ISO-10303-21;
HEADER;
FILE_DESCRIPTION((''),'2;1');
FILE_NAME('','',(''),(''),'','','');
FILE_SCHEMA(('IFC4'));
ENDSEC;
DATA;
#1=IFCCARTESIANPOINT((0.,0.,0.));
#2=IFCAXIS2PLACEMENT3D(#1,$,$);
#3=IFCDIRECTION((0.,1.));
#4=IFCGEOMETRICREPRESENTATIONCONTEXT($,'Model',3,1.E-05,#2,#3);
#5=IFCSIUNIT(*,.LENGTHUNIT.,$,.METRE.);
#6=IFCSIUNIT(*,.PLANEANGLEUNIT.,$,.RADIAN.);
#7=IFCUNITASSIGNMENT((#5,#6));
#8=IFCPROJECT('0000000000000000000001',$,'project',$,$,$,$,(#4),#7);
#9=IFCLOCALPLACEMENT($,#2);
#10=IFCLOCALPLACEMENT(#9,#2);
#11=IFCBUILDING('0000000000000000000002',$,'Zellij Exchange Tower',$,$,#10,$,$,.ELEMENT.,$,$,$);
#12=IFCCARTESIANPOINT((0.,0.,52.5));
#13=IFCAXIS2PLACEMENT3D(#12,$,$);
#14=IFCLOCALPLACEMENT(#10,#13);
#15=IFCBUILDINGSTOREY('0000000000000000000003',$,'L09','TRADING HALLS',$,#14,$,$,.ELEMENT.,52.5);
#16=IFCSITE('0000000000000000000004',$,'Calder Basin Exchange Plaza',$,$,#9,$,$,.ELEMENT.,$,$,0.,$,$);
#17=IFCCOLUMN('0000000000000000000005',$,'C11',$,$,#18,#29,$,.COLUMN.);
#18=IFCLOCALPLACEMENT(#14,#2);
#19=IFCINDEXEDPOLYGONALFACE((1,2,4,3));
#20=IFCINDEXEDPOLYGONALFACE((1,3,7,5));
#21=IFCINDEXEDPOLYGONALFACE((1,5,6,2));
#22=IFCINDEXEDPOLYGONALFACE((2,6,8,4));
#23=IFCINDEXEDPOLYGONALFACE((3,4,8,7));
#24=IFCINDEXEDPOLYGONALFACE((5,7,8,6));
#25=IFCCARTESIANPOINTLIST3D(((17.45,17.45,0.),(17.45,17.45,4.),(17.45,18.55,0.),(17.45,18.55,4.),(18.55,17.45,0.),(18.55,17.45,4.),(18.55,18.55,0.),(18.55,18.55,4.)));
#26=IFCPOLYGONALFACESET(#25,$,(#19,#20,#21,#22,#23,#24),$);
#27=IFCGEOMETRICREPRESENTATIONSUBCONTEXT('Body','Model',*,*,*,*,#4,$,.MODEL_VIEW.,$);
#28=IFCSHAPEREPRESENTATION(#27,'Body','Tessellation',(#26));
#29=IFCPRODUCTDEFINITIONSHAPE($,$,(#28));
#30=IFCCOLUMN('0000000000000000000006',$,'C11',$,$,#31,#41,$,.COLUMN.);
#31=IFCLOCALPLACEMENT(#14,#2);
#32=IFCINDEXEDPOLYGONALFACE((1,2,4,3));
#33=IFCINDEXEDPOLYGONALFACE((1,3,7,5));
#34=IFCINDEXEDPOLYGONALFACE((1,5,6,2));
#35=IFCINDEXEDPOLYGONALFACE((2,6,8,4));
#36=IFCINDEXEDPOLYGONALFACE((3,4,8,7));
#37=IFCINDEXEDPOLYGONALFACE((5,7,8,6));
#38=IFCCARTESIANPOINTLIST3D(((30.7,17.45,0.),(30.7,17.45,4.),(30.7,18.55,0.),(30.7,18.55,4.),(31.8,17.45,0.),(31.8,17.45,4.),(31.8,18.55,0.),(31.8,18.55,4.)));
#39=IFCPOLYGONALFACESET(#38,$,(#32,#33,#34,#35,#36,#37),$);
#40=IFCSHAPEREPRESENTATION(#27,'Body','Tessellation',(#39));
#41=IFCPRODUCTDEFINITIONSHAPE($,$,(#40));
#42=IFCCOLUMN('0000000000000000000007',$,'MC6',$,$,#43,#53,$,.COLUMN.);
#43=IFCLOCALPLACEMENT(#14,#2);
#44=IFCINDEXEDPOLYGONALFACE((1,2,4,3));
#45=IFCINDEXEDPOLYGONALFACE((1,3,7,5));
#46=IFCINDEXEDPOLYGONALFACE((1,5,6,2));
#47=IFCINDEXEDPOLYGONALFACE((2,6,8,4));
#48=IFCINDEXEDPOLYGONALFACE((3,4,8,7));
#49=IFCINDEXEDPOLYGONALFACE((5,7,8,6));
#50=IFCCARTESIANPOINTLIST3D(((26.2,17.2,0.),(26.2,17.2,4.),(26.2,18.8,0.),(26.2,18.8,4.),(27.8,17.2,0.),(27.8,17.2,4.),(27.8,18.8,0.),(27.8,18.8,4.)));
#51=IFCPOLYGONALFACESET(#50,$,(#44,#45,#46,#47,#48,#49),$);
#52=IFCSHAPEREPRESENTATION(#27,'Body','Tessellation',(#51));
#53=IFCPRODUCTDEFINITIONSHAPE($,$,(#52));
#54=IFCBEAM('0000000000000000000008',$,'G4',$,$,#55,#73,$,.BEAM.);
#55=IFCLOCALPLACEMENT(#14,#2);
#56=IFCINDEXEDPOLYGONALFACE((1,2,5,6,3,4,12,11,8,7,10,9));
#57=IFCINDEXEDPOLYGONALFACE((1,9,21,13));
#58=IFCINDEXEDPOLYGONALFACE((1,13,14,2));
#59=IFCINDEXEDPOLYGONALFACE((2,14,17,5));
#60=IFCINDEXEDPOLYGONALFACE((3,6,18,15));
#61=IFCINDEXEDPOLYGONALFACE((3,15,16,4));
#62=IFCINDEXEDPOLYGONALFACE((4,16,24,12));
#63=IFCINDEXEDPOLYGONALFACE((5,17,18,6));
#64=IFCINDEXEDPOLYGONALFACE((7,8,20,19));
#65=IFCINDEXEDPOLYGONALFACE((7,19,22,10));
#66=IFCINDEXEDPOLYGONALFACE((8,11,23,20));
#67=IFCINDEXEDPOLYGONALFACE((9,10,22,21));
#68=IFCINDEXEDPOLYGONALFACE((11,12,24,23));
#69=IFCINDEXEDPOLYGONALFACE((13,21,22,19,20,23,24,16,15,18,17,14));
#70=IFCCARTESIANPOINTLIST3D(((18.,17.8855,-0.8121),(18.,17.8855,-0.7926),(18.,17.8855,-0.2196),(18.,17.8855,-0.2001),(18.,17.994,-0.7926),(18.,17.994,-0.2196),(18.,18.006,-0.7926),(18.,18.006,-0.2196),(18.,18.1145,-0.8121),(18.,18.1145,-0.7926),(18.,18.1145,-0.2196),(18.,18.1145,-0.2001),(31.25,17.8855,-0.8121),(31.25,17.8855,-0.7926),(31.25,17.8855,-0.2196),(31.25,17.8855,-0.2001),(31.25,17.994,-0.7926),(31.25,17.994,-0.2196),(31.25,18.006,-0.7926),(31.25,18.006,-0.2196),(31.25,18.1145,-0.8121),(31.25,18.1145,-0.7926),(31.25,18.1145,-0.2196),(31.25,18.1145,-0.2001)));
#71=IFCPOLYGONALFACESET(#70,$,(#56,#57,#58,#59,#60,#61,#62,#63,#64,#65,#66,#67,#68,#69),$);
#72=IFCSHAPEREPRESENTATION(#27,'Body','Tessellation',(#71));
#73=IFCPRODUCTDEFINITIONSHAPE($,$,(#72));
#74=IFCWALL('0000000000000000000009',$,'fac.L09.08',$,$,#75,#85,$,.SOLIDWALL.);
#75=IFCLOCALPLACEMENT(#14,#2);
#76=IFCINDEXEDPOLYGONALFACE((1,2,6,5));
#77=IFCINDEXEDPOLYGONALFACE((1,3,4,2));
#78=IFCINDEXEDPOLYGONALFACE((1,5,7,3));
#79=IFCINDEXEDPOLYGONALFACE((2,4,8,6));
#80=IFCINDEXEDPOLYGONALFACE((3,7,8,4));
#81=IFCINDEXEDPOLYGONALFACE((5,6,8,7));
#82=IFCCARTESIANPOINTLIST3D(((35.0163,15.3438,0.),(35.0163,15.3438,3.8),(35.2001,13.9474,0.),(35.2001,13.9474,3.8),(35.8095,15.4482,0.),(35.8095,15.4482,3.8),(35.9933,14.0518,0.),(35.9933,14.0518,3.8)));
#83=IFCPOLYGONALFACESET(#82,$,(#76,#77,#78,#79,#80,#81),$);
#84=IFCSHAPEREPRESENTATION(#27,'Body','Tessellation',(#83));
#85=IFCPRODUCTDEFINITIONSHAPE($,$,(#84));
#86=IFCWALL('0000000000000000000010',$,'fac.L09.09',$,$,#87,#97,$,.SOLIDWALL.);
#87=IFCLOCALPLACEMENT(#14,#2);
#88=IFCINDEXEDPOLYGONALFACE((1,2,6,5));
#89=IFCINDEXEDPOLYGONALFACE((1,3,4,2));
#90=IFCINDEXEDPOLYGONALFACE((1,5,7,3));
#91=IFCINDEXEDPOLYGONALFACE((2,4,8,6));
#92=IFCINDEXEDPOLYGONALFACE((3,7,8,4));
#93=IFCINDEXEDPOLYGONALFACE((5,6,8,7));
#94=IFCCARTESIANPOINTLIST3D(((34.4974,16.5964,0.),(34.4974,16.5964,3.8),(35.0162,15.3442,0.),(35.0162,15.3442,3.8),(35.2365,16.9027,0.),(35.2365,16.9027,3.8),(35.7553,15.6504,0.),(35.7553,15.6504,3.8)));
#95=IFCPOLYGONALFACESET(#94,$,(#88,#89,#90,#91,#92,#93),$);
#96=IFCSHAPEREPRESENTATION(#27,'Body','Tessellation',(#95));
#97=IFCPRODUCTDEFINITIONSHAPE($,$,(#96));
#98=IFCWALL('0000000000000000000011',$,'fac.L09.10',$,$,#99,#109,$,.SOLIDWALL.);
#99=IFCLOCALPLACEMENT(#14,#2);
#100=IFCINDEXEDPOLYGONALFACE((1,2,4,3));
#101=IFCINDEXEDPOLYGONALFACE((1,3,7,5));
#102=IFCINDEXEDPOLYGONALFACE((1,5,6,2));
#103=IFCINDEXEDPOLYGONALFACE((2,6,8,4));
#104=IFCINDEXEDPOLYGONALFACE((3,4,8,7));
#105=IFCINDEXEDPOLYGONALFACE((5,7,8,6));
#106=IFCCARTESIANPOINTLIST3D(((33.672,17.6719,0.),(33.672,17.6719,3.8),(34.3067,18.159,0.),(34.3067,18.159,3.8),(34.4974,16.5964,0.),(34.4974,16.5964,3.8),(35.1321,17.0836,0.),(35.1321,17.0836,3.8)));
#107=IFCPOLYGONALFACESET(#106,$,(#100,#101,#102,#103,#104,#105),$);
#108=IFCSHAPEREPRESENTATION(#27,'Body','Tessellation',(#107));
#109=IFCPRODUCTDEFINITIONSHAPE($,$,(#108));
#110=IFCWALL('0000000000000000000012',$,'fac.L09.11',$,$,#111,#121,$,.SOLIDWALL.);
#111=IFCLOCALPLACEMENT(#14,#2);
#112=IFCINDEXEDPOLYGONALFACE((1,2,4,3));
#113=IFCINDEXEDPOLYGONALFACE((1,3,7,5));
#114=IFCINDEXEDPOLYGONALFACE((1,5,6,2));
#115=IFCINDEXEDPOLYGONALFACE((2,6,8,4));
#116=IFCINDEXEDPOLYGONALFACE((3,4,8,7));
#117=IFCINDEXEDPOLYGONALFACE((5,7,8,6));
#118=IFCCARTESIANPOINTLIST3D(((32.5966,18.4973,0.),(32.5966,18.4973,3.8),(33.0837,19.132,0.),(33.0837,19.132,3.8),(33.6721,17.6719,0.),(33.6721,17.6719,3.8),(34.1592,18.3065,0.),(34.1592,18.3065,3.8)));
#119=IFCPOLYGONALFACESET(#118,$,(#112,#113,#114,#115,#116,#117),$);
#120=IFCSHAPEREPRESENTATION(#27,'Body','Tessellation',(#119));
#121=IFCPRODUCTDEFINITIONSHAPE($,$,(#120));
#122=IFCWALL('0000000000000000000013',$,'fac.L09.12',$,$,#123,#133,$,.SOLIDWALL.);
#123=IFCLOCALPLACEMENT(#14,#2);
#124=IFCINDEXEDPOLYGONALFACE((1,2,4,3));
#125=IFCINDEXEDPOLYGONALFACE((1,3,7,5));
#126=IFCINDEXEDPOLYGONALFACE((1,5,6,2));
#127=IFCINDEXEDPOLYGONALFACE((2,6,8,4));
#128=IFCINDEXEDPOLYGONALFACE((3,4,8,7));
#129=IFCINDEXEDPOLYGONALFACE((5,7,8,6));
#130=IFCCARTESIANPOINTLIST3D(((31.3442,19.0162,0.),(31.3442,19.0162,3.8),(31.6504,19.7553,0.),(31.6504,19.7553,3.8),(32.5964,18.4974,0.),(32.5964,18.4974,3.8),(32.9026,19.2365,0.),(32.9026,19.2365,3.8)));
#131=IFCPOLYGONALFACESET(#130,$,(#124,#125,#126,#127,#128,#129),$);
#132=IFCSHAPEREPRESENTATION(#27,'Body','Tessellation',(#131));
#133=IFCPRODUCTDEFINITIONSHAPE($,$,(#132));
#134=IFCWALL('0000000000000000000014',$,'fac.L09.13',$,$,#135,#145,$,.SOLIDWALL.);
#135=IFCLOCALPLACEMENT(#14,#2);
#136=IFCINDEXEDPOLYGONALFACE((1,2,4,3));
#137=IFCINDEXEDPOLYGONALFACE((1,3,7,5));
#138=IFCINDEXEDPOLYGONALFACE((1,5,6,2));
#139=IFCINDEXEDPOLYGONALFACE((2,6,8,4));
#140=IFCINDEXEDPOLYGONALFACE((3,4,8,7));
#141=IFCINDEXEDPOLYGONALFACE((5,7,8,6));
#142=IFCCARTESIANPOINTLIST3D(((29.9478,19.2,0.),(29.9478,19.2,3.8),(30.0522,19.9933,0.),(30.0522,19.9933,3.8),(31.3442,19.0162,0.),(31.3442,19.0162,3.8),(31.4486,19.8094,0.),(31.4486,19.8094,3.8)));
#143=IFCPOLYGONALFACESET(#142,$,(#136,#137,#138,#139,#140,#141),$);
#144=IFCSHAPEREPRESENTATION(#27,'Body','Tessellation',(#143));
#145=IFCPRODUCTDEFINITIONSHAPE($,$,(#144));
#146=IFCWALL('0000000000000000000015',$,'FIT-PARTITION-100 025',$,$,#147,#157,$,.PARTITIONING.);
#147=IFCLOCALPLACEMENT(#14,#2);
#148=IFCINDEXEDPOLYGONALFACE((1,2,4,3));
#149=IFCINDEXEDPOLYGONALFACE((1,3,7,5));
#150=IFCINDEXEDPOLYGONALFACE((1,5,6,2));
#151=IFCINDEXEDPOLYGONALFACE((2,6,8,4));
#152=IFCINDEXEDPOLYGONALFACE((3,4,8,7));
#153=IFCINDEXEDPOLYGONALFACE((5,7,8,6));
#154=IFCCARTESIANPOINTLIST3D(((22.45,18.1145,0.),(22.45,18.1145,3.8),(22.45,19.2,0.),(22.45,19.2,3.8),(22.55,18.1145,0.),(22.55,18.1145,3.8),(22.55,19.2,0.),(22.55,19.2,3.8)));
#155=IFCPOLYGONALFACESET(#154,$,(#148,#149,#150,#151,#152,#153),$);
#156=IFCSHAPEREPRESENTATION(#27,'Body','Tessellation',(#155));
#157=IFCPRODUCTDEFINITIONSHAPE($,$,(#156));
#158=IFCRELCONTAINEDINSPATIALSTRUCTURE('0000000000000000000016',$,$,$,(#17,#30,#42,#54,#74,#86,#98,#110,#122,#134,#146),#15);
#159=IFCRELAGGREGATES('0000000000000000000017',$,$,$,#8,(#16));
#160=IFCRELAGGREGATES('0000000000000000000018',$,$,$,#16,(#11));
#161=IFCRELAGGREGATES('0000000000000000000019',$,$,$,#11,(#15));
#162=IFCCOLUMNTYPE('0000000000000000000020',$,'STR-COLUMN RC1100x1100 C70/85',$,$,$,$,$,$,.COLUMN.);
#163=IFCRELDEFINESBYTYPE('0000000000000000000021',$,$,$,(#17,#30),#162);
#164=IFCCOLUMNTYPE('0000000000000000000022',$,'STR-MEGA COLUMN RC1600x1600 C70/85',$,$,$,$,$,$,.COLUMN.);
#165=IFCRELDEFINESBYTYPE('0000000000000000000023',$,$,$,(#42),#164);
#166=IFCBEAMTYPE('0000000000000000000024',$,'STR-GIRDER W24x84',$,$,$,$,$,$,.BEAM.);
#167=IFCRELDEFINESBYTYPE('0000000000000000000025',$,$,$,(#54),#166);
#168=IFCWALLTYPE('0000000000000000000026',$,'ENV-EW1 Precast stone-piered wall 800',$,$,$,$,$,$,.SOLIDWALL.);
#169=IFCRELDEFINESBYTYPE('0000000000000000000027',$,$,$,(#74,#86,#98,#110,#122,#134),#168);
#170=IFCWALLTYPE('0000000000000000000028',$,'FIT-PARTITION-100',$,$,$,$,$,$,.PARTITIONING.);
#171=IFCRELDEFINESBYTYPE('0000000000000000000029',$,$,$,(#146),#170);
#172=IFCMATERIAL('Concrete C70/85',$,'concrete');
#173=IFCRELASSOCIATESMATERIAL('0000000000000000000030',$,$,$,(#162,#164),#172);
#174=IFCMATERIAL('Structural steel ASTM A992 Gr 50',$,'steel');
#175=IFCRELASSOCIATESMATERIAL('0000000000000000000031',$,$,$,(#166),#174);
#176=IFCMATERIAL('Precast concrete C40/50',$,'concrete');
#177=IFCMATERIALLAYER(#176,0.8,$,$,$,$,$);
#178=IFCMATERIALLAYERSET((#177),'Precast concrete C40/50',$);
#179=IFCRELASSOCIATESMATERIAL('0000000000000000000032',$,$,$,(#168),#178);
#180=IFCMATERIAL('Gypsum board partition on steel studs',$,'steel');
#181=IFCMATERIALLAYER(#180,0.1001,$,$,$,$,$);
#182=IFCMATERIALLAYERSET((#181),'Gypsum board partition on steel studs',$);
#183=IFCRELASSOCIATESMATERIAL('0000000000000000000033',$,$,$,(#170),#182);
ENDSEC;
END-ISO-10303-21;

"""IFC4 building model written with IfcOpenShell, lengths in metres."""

from ifc_helpers import new_model, si_unit, direction, frame, frame_2d, origin, origin_2d, place, context, subcontext, project, spatial, rectangle, i_section, extrude, material, layer, layer_set, material_profile, profile_set, type_object, element, save


model = new_model("IFC4")

# Units and contexts
model_context = context("Model", 3, precision=1e-05, world=origin(), true_north=direction((0.0, 1.0)))
body_context = subcontext(model_context, "Body", "Model", "MODEL_VIEW")
ifc_project = project(units=[si_unit("LENGTHUNIT", "METRE"), si_unit("PLANEANGLEUNIT", "RADIAN")], contexts=[model_context])

# Site, building, storey
site_placement = place(None, origin())
site = spatial("IfcSite", under=ifc_project, at=site_placement, Name="Calder Basin Exchange Plaza", CompositionType="ELEMENT", RefElevation=0.0)
building_placement = place(site_placement, origin())
building = spatial("IfcBuilding", under=site, at=building_placement, Name="Zellij Exchange Tower", CompositionType="ELEMENT")
storey_placement = place(building_placement, frame((0.0, 0.0, 52.5)))
storey = spatial("IfcBuildingStorey", under=building, at=storey_placement, Name="L09", Description="TRADING HALLS", CompositionType="ELEMENT", Elevation=52.5)

# Columns
ifc_material_1 = material(Name="Concrete C70/85", Category="concrete")
ifc_material_profile_1 = material_profile(ifc_material_1, rectangle(XDim=1.1001, YDim=1.1001, at=origin_2d()), Name="STR-COLUMN RC1100x1100 C70/85")
ifc_profile_set_1 = profile_set([ifc_material_profile_1], Name="Concrete C70/85")
column_type_1 = type_object("IfcColumnType", Name="STR-COLUMN RC1100x1100 C70/85", PredefinedType="COLUMN", material=ifc_profile_set_1)
for number, where, z_axis, x_axis, name in (
    (1, (18.0, 18.0, 0.0), (0.0, 0.0, 1.0), (1.0, 0.0, 0.0), "C11"),
    (2, (31.25, 18.0, 0.0), (0.0, 0.0, 1.0), (1.0, 0.0, 0.0), "C11"),
):
    element("IfcColumn", number, at=place(storey_placement, frame(where, z_axis=z_axis, x_axis=x_axis)), inside=storey, type_object=column_type_1, Name=name, PredefinedType="COLUMN", context=body_context, shape_type="SweptSolid", body=[
        extrude(rectangle(XDim=1.1001, YDim=1.1001, at=origin_2d()), origin(), (0.0, 0.0, 1.0), 4.0),
    ])
ifc_material_profile_2 = material_profile(ifc_material_1, rectangle(XDim=1.6001, YDim=1.6001, at=origin_2d()), Name="STR-MEGA COLUMN RC1600x1600 C70/85")
ifc_profile_set_2 = profile_set([ifc_material_profile_2], Name="Concrete C70/85")
column_type_2 = type_object("IfcColumnType", Name="STR-MEGA COLUMN RC1600x1600 C70/85", PredefinedType="COLUMN", material=ifc_profile_set_2)
column_placement = place(storey_placement, frame((27.0, 18.0, 0.0), z_axis=(0.0, 0.0, 1.0), x_axis=(1.0, 0.0, 0.0)))
element("IfcColumn", 3, at=column_placement, inside=storey, type_object=column_type_2, Name="MC6", PredefinedType="COLUMN", context=body_context, shape_type="SweptSolid", body=[
    extrude(rectangle(XDim=1.6001, YDim=1.6001, at=origin_2d()), origin(), (0.0, 0.0, 1.0), 4.0),
])

# Beam
ifc_material_2 = material(Name="Structural steel ASTM A992 Gr 50", Category="steel")
ifc_material_profile_3 = material_profile(ifc_material_2, i_section(OverallWidth=0.229, OverallDepth=0.6121, WebThickness=0.012, FlangeThickness=0.0195, at=origin_2d()), Name="W24x84")
ifc_profile_set_3 = profile_set([ifc_material_profile_3], Name="Structural steel ASTM A992 Gr 50")
beam_type = type_object("IfcBeamType", Name="STR-GIRDER W24x84", PredefinedType="BEAM", material=ifc_profile_set_3)
beam_placement = place(storey_placement, frame((18.0, 18.0, -0.5061), z_axis=(1.0, 0.0, 0.0), x_axis=(0.0, 1.0, 0.0)))
element("IfcBeam", 4, at=beam_placement, inside=storey, type_object=beam_type, Name="G4", PredefinedType="BEAM", context=body_context, shape_type="SweptSolid", body=[
    extrude(i_section(OverallWidth=0.229, OverallDepth=0.6121, WebThickness=0.012, FlangeThickness=0.0195, at=origin_2d()), origin(), (0.0, 0.0, 1.0), 13.25),
])

# Walls
ifc_material_3 = material(Name="Precast concrete C40/50", Category="concrete")
ifc_layer_1 = layer(ifc_material_3, 0.8)
ifc_layer_set_1 = layer_set([ifc_layer_1], Name="Precast concrete C40/50")
wall_type_1 = type_object("IfcWallType", Name="ENV-EW1 Precast stone-piered wall 800", PredefinedType="SOLIDWALL", material=ifc_layer_set_1)
wall_1_placement = place(storey_placement, frame((35.5967, 13.9998, 0.0), z_axis=(0.0, 0.0, 1.0), x_axis=(-0.130517, 0.991446, 0.0)))
element("IfcWall", 5, at=wall_1_placement, inside=storey, type_object=wall_type_1, Name="fac.L09.08", PredefinedType="SOLIDWALL", context=body_context, shape_type="SweptSolid", body=[
    extrude(rectangle(XDim=1.4084, YDim=0.8, at=frame_2d((0.7041, 0.0))), origin(), (0.0, 0.0, 1.0), 3.8),
])
wall_2_placement = place(storey_placement, frame((35.3857, 15.4973, 0.0), z_axis=(0.0, 0.0, 1.0), x_axis=(-0.38276, 0.923848, 0.0)))
element("IfcWall", 6, at=wall_2_placement, inside=storey, type_object=wall_type_1, Name="fac.L09.09", PredefinedType="SOLIDWALL", context=body_context, shape_type="SweptSolid", body=[
    extrude(rectangle(XDim=1.3555, YDim=0.8, at=frame_2d((0.6777, 0.0))), origin(), (0.0, 0.0, 1.0), 3.8),
])
for number, where, z_axis, x_axis, name in (
    (7, (34.8147, 16.8401, 0.0), (0.0, 0.0, 1.0), (-0.608866, 0.793273, 0.0), "fac.L09.10"),
    (8, (33.9155, 17.9893, 0.0), (0.0, 0.0, 1.0), (-0.793273, 0.608866, 0.0), "fac.L09.11"),
):
    element("IfcWall", number, at=place(storey_placement, frame(where, z_axis=z_axis, x_axis=x_axis)), inside=storey, type_object=wall_type_1, Name=name, PredefinedType="SOLIDWALL", context=body_context, shape_type="SweptSolid", body=[
        extrude(rectangle(XDim=1.3557, YDim=0.8, at=frame_2d((0.6777, 0.0))), origin(), (0.0, 0.0, 1.0), 3.8),
    ])
wall_3_placement = place(storey_placement, frame((32.7495, 18.8669, 0.0), z_axis=(0.0, 0.0, 1.0), x_axis=(-0.923848, 0.38276, 0.0)))
element("IfcWall", 9, at=wall_3_placement, inside=storey, type_object=wall_type_1, Name="fac.L09.12", PredefinedType="SOLIDWALL", context=body_context, shape_type="SweptSolid", body=[
    extrude(rectangle(XDim=1.3555, YDim=0.8, at=frame_2d((0.6777, 0.0))), origin(), (0.0, 0.0, 1.0), 3.8),
])
wall_4_placement = place(storey_placement, frame((31.3962, 19.4128, 0.0), z_axis=(0.0, 0.0, 1.0), x_axis=(-0.991446, 0.130517, 0.0)))
element("IfcWall", 10, at=wall_4_placement, inside=storey, type_object=wall_type_1, Name="fac.L09.13", PredefinedType="SOLIDWALL", context=body_context, shape_type="SweptSolid", body=[
    extrude(rectangle(XDim=1.4084, YDim=0.8, at=frame_2d((0.7041, 0.0))), origin(), (0.0, 0.0, 1.0), 3.8),
])
ifc_material_4 = material(Name="Gypsum board partition on steel studs", Category="steel")
ifc_layer_2 = layer(ifc_material_4, 0.1001)
ifc_layer_set_2 = layer_set([ifc_layer_2], Name="Gypsum board partition on steel studs")
wall_type_2 = type_object("IfcWallType", Name="FIT-PARTITION-100", PredefinedType="PARTITIONING", material=ifc_layer_set_2)
wall_5_placement = place(storey_placement, frame((22.5, 18.1145, 0.0), z_axis=(0.0, 0.0, 1.0), x_axis=(0.0, 1.0, 0.0)))
element("IfcWall", 11, at=wall_5_placement, inside=storey, type_object=wall_type_2, Name="FIT-PARTITION-100 025", PredefinedType="PARTITIONING", context=body_context, shape_type="SweptSolid", body=[
    extrude(rectangle(XDim=1.0854, YDim=0.1001, at=frame_2d((0.5427, 0.0))), origin(), (0.0, 0.0, 1.0), 3.8),
])

save(model, "model.ifc")
